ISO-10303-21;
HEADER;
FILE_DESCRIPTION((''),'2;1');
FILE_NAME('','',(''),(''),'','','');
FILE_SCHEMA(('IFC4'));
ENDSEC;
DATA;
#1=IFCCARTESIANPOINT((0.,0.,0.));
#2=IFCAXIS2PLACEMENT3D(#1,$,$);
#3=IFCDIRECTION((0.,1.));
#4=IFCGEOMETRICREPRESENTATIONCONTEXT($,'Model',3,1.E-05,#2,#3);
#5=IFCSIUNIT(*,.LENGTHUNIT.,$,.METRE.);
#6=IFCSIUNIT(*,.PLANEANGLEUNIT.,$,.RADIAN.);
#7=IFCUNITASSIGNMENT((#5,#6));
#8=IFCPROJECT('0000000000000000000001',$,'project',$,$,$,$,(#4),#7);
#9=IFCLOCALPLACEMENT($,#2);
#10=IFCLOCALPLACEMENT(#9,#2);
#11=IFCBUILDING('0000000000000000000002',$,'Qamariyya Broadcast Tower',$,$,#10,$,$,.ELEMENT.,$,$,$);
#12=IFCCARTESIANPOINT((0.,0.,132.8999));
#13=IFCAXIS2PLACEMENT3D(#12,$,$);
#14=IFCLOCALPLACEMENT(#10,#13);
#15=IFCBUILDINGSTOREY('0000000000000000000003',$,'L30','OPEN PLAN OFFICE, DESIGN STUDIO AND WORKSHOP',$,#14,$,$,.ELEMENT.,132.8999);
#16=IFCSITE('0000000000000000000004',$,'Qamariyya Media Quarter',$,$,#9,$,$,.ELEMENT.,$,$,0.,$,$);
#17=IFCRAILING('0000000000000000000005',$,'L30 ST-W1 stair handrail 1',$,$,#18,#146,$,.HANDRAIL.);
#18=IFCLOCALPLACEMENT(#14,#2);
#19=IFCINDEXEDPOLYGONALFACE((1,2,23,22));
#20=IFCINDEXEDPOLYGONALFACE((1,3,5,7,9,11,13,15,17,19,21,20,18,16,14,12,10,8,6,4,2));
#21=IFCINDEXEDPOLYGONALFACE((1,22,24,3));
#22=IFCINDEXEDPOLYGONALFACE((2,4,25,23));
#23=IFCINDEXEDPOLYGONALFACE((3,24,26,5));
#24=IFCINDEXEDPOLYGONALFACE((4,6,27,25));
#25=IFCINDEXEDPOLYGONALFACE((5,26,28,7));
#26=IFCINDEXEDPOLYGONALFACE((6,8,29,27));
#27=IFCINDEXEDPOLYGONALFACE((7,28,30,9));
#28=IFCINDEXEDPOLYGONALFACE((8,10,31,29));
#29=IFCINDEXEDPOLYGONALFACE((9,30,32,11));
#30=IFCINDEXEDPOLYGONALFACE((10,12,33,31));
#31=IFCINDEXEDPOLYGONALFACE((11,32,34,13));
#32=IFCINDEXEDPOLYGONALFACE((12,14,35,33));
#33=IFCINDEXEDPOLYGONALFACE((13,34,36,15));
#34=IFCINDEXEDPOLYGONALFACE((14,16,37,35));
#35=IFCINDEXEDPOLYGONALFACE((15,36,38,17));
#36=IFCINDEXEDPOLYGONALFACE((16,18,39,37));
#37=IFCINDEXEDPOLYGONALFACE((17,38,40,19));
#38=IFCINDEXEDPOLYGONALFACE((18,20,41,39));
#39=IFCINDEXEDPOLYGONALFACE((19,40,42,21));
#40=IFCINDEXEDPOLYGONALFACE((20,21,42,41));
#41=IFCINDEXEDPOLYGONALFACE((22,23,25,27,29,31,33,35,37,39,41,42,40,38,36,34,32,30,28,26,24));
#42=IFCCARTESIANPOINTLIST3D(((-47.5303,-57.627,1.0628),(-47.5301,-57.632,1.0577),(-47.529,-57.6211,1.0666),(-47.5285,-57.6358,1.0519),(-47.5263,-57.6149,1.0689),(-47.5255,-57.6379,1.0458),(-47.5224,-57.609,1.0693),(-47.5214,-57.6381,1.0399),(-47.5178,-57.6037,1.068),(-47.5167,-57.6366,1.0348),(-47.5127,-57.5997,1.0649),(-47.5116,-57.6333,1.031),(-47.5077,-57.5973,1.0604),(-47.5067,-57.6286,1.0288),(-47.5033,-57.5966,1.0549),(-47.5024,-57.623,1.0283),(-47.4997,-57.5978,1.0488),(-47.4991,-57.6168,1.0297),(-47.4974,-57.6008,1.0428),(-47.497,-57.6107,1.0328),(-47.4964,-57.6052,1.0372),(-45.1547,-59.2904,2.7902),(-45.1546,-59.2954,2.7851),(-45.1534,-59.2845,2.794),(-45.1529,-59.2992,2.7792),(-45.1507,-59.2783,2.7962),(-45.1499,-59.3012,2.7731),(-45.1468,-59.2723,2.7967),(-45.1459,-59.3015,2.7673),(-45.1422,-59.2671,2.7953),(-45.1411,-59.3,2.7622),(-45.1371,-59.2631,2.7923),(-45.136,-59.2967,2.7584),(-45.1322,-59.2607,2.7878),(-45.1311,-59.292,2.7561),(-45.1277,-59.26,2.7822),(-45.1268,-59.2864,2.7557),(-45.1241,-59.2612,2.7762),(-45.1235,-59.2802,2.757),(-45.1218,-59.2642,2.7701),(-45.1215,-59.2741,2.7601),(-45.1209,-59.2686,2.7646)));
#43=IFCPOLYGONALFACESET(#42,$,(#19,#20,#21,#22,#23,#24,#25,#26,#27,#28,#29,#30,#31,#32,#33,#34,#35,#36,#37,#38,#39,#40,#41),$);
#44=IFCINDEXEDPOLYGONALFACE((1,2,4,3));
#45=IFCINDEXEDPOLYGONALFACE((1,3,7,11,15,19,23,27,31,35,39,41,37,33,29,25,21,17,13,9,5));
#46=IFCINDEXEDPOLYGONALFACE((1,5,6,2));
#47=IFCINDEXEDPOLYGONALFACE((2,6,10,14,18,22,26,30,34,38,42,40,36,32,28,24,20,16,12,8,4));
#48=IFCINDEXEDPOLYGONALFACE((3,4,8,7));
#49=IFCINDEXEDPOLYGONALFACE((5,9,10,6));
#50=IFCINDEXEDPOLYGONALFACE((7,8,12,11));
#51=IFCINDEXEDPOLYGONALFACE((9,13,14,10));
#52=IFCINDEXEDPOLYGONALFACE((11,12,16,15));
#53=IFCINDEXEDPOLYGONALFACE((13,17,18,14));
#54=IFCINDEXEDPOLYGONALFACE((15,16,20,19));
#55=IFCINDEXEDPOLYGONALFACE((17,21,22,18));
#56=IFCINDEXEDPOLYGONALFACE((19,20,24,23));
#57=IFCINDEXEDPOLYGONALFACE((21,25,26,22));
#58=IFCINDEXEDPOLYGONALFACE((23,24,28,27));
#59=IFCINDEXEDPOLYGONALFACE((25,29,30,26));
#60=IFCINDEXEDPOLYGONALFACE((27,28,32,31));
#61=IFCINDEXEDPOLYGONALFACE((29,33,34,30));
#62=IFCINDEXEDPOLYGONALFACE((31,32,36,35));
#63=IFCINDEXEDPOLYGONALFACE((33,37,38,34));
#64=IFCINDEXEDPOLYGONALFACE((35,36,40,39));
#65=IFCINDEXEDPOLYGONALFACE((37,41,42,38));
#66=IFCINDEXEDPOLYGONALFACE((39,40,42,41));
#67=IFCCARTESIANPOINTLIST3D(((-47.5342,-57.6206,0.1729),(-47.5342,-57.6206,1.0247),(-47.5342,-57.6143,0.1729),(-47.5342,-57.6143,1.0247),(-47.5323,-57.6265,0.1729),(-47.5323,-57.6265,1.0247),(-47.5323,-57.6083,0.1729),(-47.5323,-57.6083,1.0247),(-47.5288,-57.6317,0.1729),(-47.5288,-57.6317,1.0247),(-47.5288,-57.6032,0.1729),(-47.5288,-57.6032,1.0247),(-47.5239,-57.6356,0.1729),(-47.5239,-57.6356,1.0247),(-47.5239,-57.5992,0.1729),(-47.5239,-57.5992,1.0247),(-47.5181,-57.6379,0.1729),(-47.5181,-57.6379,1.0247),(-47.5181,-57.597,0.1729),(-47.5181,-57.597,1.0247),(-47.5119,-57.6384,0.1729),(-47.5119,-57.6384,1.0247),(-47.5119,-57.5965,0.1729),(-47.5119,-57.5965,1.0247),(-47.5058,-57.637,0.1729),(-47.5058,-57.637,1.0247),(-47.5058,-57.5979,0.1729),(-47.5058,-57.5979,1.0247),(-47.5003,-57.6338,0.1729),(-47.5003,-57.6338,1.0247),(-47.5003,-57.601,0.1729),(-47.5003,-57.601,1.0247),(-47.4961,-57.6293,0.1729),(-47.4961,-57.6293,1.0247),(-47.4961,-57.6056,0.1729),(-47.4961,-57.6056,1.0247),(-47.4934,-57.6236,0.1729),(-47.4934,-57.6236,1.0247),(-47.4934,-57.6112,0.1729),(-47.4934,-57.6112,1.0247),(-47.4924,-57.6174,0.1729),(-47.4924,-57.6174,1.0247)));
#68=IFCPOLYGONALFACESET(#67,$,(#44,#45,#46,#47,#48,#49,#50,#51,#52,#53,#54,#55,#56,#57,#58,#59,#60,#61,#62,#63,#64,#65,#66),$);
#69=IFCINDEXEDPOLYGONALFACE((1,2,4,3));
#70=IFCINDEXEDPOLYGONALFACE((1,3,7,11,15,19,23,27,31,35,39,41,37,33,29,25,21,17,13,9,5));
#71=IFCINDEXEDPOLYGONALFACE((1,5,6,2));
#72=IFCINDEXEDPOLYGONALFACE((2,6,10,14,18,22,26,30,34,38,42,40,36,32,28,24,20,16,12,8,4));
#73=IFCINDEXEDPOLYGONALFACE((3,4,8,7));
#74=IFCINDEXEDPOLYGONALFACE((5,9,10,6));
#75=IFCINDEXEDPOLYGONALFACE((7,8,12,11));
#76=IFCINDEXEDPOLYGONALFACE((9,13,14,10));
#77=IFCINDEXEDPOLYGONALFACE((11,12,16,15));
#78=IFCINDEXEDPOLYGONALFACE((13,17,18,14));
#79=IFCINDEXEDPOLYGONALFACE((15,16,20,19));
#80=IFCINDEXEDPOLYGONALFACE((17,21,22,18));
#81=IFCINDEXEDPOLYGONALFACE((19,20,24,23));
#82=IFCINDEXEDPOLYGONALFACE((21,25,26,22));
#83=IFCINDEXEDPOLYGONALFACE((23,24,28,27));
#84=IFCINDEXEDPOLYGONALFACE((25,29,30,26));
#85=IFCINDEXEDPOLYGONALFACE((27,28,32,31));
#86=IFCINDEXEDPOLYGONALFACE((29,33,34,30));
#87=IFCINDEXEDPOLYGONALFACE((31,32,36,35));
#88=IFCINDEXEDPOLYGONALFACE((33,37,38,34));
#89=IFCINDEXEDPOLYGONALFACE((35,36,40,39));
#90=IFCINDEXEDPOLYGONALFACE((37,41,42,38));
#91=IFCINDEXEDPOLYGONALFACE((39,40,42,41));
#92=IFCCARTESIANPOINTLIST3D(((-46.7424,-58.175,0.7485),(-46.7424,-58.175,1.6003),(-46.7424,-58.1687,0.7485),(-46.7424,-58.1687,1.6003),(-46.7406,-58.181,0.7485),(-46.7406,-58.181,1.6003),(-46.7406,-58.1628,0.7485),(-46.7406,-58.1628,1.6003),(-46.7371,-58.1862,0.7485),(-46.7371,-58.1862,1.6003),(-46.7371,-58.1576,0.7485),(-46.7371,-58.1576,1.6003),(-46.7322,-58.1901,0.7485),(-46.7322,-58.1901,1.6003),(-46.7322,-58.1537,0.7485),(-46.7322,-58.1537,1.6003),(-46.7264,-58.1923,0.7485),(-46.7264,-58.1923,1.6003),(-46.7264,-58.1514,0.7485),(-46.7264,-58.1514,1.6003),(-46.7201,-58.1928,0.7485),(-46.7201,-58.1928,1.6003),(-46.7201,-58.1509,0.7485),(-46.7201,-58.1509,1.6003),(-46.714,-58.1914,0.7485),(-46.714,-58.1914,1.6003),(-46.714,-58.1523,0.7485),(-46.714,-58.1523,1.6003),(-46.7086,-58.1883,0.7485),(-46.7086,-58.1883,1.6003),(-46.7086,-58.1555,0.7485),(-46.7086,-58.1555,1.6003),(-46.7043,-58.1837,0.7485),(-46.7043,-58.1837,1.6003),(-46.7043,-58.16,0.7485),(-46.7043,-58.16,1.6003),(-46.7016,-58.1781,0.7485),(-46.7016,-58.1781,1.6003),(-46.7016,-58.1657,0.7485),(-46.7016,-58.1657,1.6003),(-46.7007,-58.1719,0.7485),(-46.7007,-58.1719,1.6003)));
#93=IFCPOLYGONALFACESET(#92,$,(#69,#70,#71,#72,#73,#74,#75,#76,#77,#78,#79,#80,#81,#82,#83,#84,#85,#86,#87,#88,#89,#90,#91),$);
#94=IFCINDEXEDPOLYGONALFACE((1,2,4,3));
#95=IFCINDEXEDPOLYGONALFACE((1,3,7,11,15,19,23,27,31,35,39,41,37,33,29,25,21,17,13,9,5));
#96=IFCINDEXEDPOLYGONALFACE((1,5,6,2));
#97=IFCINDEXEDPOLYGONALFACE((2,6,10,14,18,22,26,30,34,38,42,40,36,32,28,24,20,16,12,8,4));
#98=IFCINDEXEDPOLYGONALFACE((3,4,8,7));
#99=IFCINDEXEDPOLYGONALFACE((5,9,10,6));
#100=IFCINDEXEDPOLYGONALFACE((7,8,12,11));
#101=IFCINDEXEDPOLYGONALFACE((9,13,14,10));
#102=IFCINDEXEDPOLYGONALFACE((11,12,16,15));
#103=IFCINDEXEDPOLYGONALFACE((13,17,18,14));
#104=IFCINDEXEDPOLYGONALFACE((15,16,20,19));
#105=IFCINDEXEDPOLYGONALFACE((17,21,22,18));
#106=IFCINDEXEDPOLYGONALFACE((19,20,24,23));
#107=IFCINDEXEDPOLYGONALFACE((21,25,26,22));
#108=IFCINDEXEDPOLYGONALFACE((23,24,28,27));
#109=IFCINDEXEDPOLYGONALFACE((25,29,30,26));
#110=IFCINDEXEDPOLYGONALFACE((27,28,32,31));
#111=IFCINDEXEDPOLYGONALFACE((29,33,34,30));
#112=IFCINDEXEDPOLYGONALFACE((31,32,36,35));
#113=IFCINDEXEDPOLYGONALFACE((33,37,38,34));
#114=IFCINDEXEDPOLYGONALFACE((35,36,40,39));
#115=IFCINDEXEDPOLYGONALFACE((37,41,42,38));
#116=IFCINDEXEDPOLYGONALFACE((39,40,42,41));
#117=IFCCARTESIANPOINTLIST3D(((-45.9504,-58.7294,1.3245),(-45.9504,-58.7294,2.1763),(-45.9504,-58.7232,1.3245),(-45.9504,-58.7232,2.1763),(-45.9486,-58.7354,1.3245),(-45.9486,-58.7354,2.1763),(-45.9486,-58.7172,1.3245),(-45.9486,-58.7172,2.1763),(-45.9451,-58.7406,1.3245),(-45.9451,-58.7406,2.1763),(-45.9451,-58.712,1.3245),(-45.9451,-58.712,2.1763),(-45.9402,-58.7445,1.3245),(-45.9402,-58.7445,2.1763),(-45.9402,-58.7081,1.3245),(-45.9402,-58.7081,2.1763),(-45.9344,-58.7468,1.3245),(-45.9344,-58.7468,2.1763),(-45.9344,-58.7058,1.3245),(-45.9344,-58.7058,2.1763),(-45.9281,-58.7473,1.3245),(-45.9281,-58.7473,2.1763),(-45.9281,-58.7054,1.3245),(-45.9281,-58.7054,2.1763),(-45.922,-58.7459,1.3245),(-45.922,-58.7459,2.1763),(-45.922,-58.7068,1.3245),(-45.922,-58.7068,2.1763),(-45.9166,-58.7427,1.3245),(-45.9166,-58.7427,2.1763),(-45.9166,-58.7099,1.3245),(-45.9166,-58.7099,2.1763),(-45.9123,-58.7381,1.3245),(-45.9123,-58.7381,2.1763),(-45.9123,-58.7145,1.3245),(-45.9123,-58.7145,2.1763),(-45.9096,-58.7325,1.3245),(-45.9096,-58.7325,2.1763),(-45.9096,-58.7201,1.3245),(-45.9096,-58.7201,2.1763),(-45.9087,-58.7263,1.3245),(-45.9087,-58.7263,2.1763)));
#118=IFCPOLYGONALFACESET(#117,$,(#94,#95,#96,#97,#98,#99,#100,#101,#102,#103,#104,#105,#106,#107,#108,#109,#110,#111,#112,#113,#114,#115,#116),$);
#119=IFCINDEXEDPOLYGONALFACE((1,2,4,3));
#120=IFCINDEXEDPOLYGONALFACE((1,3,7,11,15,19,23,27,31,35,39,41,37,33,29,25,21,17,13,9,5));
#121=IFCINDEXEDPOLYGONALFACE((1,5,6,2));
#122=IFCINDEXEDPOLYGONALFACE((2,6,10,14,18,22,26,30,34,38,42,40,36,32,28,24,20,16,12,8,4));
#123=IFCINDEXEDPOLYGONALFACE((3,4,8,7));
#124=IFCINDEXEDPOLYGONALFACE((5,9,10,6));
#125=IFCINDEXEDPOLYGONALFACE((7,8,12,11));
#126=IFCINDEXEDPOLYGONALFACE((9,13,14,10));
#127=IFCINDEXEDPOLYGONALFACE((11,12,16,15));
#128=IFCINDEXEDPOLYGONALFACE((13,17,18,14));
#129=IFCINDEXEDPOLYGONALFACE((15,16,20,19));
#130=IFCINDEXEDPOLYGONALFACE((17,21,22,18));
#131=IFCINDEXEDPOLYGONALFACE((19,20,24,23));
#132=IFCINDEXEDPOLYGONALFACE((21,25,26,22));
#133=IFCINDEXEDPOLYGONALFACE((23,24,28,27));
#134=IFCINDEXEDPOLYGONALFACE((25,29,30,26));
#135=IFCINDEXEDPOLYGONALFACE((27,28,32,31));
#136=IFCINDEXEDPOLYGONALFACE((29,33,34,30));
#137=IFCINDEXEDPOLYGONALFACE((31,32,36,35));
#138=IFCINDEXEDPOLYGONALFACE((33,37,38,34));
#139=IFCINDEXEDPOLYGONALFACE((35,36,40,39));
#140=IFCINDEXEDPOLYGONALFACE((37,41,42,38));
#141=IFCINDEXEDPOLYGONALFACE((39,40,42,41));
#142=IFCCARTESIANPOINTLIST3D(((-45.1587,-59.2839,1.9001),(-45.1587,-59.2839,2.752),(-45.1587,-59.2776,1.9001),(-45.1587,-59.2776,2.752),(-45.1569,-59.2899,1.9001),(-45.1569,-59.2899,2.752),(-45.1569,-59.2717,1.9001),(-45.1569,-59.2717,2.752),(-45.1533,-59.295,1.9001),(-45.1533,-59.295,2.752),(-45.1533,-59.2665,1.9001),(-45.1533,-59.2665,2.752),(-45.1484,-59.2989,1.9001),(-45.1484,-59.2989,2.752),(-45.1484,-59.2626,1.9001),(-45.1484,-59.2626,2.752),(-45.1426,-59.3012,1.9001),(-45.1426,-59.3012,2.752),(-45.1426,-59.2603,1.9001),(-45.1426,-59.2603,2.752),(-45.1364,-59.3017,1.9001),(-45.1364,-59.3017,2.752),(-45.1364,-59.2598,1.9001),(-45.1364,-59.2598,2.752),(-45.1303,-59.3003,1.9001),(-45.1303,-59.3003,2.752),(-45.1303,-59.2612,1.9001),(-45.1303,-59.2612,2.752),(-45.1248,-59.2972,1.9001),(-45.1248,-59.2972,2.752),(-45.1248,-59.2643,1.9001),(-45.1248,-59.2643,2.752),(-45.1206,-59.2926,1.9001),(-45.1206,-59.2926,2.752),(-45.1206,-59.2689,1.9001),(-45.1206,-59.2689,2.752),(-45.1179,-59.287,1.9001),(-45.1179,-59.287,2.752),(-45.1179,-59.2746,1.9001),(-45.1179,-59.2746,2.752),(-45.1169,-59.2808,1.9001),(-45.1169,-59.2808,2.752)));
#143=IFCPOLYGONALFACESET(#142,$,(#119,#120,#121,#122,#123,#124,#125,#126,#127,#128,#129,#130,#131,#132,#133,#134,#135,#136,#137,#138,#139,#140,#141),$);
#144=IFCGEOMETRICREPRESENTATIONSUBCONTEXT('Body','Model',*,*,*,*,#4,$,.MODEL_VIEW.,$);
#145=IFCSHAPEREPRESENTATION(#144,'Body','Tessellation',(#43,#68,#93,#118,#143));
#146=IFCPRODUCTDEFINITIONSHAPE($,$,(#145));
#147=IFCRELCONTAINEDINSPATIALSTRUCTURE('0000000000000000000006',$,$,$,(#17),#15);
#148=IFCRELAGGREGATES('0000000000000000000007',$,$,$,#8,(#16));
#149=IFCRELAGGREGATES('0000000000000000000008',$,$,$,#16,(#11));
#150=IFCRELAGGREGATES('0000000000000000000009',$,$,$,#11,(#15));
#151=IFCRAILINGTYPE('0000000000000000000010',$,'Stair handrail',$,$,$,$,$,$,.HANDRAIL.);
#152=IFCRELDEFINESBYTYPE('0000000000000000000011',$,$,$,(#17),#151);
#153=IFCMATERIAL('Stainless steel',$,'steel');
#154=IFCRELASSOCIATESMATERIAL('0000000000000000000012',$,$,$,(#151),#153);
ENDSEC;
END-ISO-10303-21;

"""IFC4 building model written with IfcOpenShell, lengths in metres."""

from ifc_helpers import new_model, si_unit, direction, frame, origin, origin_2d, place, context, subcontext, project, spatial, circle, extrude, material, type_object, element, save


model = new_model("IFC4")

# Units and contexts
model_context = context("Model", 3, precision=1e-05, world=origin(), true_north=direction((0.0, 1.0)))
body_context = subcontext(model_context, "Body", "Model", "MODEL_VIEW")
ifc_project = project(units=[si_unit("LENGTHUNIT", "METRE"), si_unit("PLANEANGLEUNIT", "RADIAN")], contexts=[model_context])

# Site, building, storey
site_placement = place(None, origin())
site = spatial("IfcSite", under=ifc_project, at=site_placement, Name="Qamariyya Media Quarter", CompositionType="ELEMENT", RefElevation=0.0)
building_placement = place(site_placement, origin())
building = spatial("IfcBuilding", under=site, at=building_placement, Name="Qamariyya Broadcast Tower", CompositionType="ELEMENT")
storey_placement = place(building_placement, frame((0.0, 0.0, 132.8999)))
storey = spatial("IfcBuildingStorey", under=building, at=storey_placement, Name="L30", Description="OPEN PLAN OFFICE, DESIGN STUDIO AND WORKSHOP", CompositionType="ELEMENT", Elevation=132.8999)

# Railing
ifc_material_1 = material(Name="Stainless steel", Category="steel")
railing_type_1 = type_object("IfcRailingType", Name="Stair handrail", PredefinedType="HANDRAIL", material=ifc_material_1)
railing_1_placement = place(storey_placement, frame((-47.5134, -57.6174, 0.1729)))
element("IfcRailing", 1, at=railing_1_placement, inside=storey, type_object=railing_type_1, Name="L30 ST-W1 stair handrail 1", PredefinedType="HANDRAIL", context=body_context, shape_type="SweptSolid", body=[
    extrude(circle(Radius=0.0239, at=origin_2d()), frame((0.0, 0.0, 0.876), z_axis=(0.70377, -0.492784, 0.511734), x_axis=(0.573575, 0.819153, 0.0)), (0.0, 0.0, 1.0), 3.3755),
    extrude(circle(Radius=0.021, at=origin_2d()), origin(), (0.0, 0.0, 1.0), 0.8518),
    extrude(circle(Radius=0.021, at=origin_2d()), frame((0.7917, -0.5544, 0.5757)), (0.0, 0.0, 1.0), 0.8518),
    extrude(circle(Radius=0.021, at=origin_2d()), frame((1.5837, -1.1089, 1.1516)), (0.0, 0.0, 1.0), 0.8518),
    extrude(circle(Radius=0.021, at=origin_2d()), frame((2.3755, -1.6633, 1.7273)), (0.0, 0.0, 1.0), 0.8518),
])

save(model, "model.ifc")
